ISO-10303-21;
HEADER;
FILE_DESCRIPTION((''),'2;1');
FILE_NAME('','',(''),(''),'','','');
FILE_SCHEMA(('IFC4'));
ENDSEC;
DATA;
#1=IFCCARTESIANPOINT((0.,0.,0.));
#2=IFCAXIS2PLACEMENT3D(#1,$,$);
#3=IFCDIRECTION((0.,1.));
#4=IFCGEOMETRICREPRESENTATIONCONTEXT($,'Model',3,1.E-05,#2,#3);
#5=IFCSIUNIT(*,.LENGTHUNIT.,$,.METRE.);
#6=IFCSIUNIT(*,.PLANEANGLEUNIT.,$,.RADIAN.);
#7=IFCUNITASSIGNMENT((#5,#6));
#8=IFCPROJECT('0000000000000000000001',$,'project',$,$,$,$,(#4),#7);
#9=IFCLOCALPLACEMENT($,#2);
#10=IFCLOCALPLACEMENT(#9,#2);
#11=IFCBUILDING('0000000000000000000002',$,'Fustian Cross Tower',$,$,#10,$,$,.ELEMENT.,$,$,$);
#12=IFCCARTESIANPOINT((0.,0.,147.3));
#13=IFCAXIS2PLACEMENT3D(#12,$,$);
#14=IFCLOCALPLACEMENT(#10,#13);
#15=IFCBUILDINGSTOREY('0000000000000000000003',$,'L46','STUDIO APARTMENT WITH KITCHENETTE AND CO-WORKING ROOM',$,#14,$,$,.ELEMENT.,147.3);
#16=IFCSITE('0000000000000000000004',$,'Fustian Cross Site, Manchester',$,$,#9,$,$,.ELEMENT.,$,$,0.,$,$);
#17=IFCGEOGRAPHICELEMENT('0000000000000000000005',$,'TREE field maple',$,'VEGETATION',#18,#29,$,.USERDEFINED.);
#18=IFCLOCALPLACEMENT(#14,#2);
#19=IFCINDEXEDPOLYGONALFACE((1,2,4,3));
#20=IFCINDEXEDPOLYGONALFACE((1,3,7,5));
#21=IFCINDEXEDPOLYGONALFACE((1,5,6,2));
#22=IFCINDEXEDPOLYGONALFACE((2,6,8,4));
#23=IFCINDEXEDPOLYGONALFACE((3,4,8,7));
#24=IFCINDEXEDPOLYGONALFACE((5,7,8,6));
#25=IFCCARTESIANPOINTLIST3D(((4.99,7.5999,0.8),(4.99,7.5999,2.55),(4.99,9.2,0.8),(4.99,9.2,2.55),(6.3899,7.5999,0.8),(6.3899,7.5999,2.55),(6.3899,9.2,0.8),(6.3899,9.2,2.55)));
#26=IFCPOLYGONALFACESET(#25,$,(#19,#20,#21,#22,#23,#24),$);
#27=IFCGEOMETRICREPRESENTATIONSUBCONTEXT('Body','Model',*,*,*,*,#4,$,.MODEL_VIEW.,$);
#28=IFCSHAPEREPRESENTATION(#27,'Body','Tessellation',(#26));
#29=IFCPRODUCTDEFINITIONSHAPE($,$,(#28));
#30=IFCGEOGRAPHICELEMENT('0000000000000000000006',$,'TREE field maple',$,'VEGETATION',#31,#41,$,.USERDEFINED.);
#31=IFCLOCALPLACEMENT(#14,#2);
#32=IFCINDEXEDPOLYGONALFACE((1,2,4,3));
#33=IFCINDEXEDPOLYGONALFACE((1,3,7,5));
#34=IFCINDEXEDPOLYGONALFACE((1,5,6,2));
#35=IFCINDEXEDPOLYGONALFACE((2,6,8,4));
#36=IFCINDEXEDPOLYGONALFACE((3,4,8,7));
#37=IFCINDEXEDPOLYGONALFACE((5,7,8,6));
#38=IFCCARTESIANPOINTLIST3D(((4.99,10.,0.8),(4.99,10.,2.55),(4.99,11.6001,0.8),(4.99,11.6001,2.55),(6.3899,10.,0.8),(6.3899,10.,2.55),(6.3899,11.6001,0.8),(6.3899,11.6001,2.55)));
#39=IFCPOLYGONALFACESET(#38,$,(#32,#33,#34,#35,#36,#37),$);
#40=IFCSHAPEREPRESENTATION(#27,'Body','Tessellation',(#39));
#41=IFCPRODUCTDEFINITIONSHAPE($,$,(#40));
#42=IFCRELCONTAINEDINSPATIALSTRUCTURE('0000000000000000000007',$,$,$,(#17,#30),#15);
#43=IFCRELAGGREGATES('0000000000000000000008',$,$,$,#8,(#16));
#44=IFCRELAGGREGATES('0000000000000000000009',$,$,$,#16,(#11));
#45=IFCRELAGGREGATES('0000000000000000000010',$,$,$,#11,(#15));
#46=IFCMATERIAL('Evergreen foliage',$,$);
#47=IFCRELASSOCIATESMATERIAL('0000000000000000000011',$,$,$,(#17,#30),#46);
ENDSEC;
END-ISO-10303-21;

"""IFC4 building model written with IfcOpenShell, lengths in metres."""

from ifc_helpers import new_model, si_unit, direction, frame, origin, origin_2d, place, context, subcontext, project, spatial, rectangle, extrude, material, element, save


model = new_model("IFC4")

# Units and contexts
model_context = context("Model", 3, precision=1e-05, world=origin(), true_north=direction((0.0, 1.0)))
body_context = subcontext(model_context, "Body", "Model", "MODEL_VIEW")
ifc_project = project(units=[si_unit("LENGTHUNIT", "METRE"), si_unit("PLANEANGLEUNIT", "RADIAN")], contexts=[model_context])

# Site, building, storey
site_placement = place(None, origin())
site = spatial("IfcSite", under=ifc_project, at=site_placement, Name="Fustian Cross Site, Manchester", CompositionType="ELEMENT", RefElevation=0.0)
building_placement = place(site_placement, origin())
building = spatial("IfcBuilding", under=site, at=building_placement, Name="Fustian Cross Tower", CompositionType="ELEMENT")
storey_placement = place(building_placement, frame((0.0, 0.0, 147.3)))
storey = spatial("IfcBuildingStorey", under=building, at=storey_placement, Name="L46", Description="STUDIO APARTMENT WITH KITCHENETTE AND CO-WORKING ROOM", CompositionType="ELEMENT", Elevation=147.3)

# Geographic elements
ifc_material_1 = material(Name="Evergreen foliage")
for number, where, z_axis, x_axis, name in (
    (1, (5.6899, 8.3999, 0.8), (0.0, 0.0, 1.0), (1.0, 0.0, 0.0), "TREE field maple"),
    (2, (5.6899, 10.8, 0.8), (0.0, 0.0, 1.0), (1.0, 0.0, 0.0), "TREE field maple"),
):
    element("IfcGeographicElement", number, at=place(storey_placement, frame(where, z_axis=z_axis, x_axis=x_axis)), inside=storey, material=ifc_material_1, Name=name, ObjectType="VEGETATION", PredefinedType="USERDEFINED", context=body_context, shape_type="SweptSolid", body=[
        extrude(rectangle(XDim=1.3999, YDim=1.6001, at=origin_2d()), origin(), (0.0, 0.0, 1.0), 1.75),
    ])

save(model, "model.ifc")
